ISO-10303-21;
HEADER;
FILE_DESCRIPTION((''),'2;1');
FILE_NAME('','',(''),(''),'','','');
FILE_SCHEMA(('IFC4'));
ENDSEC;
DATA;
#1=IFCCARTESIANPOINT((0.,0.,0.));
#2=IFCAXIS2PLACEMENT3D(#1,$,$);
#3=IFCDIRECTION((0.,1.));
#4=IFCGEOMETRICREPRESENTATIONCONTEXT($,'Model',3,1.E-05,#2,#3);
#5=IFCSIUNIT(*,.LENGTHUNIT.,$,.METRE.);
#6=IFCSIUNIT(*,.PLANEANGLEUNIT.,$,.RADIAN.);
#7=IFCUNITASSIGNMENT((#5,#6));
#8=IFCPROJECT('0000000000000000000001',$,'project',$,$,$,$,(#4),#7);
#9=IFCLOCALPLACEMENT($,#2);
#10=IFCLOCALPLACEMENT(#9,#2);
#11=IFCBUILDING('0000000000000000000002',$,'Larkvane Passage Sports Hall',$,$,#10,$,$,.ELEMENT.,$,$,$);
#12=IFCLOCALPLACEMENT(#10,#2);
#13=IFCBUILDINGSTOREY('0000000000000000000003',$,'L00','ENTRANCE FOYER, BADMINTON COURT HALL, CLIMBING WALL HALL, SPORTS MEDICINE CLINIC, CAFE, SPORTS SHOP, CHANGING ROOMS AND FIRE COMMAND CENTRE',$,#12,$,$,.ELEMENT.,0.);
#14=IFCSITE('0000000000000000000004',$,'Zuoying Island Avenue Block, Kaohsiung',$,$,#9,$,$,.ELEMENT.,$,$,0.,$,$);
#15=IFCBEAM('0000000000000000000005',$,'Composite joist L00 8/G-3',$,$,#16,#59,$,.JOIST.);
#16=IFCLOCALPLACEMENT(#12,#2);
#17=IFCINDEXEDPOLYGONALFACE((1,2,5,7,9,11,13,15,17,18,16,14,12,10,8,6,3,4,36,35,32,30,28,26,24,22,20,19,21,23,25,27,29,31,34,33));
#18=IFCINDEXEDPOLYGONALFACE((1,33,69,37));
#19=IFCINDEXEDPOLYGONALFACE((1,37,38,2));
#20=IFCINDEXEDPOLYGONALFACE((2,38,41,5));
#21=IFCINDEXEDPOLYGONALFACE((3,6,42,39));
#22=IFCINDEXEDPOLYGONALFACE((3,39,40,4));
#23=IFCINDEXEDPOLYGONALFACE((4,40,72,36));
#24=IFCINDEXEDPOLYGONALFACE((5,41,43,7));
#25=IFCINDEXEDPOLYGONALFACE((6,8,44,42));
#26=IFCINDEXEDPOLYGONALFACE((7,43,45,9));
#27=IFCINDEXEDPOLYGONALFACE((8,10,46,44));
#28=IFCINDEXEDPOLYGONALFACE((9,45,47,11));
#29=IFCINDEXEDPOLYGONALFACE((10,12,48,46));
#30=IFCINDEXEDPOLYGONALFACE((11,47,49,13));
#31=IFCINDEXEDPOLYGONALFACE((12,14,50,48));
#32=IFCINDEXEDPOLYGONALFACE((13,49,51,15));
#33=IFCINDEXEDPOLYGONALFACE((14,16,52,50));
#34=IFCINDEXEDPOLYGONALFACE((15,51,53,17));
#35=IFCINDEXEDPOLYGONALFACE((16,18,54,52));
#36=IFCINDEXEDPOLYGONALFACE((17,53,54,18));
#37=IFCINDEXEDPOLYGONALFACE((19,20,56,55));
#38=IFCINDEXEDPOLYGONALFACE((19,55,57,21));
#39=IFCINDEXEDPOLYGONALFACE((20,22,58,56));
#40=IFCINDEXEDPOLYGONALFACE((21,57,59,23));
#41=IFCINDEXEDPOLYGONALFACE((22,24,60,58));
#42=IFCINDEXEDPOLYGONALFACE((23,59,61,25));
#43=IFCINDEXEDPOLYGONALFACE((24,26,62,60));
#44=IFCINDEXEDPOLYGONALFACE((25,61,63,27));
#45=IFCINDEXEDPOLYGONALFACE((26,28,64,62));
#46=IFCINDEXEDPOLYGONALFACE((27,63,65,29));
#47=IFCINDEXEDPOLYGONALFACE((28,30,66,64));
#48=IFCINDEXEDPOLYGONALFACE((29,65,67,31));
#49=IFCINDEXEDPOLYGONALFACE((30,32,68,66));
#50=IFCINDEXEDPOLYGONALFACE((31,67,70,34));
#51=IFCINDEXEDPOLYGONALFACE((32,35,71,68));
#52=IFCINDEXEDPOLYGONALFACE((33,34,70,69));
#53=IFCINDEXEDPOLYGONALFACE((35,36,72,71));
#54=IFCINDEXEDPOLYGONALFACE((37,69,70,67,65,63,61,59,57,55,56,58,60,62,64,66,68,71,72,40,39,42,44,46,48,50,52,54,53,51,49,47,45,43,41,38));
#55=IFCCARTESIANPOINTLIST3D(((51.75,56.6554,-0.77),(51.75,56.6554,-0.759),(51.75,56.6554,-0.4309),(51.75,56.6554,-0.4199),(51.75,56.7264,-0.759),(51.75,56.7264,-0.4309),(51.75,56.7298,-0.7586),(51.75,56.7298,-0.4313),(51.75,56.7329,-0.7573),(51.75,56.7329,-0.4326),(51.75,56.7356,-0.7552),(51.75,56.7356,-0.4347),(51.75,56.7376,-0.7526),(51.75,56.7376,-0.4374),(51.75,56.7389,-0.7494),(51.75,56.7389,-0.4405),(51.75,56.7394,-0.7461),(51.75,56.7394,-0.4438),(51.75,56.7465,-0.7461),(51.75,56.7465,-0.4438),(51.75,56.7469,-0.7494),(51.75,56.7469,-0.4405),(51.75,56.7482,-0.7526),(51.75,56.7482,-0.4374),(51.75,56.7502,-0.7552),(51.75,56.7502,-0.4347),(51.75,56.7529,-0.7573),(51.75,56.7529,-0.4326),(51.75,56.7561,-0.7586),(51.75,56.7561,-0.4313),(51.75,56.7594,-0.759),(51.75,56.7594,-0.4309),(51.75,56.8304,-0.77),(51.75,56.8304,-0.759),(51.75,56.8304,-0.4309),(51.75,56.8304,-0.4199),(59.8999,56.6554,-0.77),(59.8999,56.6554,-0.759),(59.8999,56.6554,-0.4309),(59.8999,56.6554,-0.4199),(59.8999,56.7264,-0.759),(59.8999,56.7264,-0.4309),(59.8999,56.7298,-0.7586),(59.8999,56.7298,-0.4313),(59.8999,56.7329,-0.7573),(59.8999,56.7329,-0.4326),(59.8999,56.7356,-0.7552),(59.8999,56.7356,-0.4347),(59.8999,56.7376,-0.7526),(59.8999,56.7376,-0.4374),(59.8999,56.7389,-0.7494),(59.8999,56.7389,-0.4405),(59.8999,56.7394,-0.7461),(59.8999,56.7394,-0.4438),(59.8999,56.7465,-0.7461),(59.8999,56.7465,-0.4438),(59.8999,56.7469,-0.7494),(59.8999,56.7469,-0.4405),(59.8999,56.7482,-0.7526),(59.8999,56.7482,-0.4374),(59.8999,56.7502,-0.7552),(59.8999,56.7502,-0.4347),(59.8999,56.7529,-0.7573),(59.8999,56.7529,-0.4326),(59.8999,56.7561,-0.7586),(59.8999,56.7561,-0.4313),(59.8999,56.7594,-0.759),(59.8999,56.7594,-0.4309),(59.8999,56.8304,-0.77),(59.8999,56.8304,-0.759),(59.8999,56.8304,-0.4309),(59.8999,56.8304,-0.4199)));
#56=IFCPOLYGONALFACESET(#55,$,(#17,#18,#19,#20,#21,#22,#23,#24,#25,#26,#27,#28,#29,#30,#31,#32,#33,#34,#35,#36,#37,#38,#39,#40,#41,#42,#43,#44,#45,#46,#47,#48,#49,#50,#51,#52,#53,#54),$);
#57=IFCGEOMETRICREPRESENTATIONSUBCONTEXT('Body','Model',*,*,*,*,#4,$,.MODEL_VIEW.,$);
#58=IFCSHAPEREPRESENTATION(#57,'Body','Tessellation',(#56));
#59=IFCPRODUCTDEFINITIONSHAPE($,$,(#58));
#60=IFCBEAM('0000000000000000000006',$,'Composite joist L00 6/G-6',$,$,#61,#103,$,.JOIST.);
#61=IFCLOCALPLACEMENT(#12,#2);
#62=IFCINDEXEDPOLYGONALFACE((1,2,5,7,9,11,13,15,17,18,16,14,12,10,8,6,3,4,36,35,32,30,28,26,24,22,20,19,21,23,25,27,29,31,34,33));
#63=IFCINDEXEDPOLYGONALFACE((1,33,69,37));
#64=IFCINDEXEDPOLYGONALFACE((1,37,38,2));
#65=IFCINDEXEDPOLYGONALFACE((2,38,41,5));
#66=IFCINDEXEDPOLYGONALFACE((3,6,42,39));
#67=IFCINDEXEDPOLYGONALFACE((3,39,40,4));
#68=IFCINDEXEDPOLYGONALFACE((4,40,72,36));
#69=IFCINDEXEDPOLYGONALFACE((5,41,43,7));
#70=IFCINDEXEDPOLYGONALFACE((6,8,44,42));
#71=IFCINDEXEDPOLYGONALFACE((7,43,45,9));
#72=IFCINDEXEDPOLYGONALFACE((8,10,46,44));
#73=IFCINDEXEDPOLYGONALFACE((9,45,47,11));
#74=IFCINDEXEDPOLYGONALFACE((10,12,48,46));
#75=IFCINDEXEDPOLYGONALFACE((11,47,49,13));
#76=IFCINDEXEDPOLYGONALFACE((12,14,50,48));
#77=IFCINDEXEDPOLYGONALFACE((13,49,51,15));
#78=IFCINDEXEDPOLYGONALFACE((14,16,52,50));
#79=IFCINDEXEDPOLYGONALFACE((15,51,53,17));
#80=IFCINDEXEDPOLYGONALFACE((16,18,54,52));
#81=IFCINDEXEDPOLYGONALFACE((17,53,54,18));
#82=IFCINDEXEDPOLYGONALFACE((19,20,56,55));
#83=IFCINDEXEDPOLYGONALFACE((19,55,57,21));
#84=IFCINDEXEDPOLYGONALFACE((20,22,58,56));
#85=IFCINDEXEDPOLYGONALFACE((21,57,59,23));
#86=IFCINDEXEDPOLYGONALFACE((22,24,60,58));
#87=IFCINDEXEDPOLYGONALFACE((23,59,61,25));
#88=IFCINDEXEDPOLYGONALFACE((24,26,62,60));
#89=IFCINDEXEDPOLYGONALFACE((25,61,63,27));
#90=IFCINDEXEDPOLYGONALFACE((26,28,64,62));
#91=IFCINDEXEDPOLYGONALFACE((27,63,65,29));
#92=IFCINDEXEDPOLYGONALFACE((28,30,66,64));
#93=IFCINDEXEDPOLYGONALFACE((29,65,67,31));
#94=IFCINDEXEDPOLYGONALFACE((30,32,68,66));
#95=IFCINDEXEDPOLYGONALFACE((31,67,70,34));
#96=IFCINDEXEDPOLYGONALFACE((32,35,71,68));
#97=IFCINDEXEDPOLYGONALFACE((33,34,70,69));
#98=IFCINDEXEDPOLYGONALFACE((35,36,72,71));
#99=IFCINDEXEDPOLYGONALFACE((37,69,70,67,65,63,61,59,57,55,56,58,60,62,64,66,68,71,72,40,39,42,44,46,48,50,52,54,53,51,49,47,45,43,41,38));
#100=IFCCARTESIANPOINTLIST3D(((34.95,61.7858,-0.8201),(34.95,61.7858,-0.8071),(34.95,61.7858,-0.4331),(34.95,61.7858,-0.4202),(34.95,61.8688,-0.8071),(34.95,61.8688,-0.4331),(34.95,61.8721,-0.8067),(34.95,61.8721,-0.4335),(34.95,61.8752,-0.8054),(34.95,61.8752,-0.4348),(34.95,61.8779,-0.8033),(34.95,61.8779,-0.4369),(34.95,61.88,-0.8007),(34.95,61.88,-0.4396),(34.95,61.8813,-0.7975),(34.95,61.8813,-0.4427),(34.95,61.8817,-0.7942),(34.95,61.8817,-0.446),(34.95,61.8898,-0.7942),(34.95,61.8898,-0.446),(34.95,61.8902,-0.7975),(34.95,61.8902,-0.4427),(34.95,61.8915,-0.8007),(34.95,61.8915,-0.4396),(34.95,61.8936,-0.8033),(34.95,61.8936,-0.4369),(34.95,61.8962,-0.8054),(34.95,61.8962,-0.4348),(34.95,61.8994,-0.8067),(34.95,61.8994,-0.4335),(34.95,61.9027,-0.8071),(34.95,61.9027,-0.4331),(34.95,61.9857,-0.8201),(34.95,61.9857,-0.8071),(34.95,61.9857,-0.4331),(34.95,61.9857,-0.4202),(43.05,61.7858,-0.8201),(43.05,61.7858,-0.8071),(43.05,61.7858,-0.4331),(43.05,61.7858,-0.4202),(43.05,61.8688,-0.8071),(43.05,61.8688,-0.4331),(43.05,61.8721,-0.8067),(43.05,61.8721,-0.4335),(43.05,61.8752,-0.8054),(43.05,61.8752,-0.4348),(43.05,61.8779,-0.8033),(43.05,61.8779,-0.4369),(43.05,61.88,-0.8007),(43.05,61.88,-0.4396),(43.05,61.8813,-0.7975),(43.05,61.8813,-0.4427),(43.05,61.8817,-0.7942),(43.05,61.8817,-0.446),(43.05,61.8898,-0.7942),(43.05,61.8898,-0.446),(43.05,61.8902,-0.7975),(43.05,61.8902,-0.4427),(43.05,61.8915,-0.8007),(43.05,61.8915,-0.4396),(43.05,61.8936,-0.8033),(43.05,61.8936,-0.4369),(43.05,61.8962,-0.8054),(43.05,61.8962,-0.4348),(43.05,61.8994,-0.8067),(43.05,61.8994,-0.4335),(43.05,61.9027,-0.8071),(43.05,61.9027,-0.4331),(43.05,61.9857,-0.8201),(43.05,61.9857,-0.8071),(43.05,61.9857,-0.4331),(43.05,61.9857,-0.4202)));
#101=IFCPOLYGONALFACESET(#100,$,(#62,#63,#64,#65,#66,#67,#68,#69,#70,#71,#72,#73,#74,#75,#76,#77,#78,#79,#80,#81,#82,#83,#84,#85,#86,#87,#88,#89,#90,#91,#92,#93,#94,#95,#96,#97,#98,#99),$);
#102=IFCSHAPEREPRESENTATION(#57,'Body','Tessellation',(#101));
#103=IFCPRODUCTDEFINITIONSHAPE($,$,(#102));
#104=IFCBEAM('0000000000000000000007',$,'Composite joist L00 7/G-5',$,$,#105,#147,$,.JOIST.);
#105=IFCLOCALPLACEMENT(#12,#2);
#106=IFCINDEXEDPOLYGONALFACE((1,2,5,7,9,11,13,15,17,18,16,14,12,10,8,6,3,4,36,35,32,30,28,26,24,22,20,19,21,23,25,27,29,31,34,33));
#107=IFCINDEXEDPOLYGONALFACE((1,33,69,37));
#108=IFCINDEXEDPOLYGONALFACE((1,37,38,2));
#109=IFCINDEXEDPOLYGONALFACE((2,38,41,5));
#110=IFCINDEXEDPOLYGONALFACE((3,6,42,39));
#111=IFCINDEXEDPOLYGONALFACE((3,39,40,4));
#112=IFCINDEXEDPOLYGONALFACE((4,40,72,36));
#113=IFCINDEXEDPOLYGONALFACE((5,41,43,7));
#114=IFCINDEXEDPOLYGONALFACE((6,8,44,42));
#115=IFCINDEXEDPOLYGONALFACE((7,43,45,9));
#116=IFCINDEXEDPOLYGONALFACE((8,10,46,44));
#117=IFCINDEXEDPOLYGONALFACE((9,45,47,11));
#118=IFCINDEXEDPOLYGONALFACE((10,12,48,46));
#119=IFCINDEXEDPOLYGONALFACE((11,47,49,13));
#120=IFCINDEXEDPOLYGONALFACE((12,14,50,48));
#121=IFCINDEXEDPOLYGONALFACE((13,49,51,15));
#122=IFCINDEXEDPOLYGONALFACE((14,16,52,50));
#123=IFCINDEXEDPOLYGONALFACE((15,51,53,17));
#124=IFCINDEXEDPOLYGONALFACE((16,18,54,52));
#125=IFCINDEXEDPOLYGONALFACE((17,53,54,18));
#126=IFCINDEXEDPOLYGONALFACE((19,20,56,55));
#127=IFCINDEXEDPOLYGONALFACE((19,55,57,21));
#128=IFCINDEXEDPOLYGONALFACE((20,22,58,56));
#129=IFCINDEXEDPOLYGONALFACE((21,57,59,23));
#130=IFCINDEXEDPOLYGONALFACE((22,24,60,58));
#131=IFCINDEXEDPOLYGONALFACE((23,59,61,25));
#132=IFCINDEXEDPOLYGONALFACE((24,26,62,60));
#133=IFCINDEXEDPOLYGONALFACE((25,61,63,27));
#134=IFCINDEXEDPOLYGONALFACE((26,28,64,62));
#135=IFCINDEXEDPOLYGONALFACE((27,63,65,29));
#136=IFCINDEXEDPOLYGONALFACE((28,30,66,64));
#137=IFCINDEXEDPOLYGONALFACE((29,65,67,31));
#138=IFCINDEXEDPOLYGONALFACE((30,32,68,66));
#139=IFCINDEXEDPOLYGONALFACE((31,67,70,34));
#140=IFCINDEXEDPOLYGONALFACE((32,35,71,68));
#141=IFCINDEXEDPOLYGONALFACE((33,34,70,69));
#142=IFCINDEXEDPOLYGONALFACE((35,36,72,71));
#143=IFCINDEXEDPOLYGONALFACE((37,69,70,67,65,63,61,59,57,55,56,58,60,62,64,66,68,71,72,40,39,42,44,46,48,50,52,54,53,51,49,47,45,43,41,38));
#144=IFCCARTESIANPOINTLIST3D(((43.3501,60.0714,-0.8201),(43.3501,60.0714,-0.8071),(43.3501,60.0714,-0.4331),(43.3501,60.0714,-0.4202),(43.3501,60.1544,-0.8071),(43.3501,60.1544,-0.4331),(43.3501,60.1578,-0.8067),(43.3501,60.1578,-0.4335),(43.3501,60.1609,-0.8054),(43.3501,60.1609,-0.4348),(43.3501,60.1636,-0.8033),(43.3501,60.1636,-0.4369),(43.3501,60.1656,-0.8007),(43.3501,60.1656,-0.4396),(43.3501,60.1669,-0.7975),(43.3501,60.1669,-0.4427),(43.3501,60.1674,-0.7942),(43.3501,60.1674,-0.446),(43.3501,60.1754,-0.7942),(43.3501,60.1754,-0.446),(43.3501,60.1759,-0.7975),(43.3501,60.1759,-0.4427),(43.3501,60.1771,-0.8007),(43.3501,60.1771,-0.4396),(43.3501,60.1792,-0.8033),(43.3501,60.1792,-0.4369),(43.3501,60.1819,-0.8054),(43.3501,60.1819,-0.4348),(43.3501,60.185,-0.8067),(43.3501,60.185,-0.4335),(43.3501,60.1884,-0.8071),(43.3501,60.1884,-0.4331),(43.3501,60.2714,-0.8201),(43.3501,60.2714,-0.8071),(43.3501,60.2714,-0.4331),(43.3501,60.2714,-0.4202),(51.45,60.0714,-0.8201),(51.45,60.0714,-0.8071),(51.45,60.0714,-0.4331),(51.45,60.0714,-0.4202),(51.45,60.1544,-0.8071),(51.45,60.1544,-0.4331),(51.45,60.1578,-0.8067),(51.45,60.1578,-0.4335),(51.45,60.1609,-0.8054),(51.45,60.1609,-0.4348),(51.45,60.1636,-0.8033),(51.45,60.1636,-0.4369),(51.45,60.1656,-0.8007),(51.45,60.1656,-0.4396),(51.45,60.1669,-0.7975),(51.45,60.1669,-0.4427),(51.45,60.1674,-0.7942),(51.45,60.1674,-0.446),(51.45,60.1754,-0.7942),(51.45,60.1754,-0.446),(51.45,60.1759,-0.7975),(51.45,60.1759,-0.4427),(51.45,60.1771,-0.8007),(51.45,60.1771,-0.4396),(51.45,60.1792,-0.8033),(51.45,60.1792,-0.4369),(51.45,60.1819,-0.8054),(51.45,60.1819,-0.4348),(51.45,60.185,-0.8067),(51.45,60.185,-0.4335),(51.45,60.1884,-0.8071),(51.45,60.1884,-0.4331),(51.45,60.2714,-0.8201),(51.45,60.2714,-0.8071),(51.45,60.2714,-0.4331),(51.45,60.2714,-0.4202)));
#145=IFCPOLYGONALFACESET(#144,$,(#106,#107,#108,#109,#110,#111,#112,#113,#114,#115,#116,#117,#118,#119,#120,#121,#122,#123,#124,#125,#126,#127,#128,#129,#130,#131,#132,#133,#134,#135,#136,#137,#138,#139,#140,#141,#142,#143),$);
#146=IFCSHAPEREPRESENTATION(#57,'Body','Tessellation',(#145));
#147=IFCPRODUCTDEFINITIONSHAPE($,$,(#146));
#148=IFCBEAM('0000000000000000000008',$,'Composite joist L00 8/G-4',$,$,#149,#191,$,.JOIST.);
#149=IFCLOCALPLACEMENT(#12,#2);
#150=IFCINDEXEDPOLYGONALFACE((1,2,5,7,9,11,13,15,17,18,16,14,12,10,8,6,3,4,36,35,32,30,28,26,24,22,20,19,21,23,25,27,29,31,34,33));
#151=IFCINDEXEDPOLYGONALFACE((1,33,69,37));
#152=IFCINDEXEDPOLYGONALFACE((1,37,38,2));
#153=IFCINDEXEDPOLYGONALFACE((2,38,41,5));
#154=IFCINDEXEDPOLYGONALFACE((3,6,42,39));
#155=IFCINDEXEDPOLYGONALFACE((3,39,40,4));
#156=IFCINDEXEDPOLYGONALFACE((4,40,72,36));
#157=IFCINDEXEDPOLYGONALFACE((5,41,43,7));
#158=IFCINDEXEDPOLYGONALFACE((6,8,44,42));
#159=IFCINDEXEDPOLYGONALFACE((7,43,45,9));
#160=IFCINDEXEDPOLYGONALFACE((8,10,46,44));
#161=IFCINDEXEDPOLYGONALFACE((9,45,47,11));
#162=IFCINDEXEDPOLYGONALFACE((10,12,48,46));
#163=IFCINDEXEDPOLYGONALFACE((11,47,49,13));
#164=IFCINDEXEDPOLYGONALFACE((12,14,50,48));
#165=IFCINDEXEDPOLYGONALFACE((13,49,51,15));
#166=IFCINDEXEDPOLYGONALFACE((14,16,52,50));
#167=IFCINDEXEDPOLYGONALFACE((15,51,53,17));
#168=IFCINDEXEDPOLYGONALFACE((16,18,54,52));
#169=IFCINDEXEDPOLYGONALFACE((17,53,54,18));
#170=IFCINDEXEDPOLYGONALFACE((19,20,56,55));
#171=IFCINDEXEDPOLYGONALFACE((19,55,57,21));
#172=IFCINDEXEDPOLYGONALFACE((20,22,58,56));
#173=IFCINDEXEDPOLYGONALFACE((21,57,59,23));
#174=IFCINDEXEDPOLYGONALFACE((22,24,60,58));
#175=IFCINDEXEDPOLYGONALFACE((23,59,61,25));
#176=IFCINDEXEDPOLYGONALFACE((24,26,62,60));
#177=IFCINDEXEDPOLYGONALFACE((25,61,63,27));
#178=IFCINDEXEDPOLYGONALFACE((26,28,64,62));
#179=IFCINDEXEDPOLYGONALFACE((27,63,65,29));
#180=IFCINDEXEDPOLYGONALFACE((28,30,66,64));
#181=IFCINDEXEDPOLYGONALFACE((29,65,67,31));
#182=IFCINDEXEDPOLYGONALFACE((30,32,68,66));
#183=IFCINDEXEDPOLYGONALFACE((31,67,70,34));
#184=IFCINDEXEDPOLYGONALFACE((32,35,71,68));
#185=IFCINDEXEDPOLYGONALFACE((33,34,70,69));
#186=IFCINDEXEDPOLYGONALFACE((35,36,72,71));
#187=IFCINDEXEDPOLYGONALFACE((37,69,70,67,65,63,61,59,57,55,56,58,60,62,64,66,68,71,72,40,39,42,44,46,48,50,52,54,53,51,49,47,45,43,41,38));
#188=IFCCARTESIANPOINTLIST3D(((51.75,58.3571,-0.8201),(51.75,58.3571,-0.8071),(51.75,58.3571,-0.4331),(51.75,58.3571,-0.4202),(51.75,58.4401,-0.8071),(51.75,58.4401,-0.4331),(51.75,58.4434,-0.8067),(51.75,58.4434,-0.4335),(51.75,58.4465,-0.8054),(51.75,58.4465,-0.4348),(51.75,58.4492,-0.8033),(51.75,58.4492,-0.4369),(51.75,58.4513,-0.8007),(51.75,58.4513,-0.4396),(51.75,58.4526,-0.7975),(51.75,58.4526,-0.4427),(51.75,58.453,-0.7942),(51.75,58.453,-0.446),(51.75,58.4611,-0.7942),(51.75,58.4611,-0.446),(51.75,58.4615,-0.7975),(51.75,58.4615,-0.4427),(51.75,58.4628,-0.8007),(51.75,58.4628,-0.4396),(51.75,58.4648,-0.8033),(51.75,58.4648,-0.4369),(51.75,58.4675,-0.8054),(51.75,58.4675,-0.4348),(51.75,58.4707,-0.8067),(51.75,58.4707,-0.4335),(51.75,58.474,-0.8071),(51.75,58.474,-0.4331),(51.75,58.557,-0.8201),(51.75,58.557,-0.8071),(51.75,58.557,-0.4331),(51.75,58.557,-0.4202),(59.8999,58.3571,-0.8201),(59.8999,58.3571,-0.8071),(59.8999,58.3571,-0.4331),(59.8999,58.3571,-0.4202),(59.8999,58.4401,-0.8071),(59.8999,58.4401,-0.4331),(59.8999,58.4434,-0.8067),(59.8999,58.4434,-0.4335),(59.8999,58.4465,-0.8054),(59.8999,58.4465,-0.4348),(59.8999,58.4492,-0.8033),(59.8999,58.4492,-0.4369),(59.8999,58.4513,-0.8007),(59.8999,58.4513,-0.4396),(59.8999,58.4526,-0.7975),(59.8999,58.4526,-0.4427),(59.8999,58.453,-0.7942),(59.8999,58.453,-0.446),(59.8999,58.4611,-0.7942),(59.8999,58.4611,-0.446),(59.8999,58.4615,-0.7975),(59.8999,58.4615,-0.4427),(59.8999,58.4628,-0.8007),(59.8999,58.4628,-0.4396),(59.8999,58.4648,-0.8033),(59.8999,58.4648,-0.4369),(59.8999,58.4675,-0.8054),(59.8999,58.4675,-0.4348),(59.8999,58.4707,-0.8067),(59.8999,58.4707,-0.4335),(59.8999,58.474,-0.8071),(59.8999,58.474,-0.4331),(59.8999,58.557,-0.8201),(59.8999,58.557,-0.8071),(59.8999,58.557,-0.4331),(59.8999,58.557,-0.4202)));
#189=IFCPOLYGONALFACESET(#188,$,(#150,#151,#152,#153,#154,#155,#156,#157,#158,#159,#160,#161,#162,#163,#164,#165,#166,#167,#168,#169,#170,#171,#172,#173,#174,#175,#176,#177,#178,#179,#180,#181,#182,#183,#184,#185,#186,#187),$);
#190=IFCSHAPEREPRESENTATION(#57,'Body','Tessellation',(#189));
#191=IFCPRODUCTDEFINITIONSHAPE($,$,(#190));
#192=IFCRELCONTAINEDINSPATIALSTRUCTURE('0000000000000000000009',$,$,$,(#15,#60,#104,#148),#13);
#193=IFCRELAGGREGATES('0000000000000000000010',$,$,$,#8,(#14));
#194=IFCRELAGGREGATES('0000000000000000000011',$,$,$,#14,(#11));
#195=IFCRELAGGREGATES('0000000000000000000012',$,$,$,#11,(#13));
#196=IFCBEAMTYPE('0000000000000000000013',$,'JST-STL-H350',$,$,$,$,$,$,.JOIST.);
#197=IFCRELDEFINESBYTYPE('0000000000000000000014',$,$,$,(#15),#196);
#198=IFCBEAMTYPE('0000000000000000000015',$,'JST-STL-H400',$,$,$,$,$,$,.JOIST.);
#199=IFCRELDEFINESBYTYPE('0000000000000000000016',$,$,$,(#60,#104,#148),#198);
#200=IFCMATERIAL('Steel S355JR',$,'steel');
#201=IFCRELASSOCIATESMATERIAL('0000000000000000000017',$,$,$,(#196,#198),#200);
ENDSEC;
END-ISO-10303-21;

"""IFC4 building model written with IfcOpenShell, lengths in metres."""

from ifc_helpers import new_model, si_unit, direction, frame, origin, origin_2d, place, context, subcontext, project, spatial, i_section, extrude, material, material_profile, profile_set, type_object, element, save


model = new_model("IFC4")

# Units and contexts
model_context = context("Model", 3, precision=1e-05, world=origin(), true_north=direction((0.0, 1.0)))
body_context = subcontext(model_context, "Body", "Model", "MODEL_VIEW")
ifc_project = project(units=[si_unit("LENGTHUNIT", "METRE"), si_unit("PLANEANGLEUNIT", "RADIAN")], contexts=[model_context])

# Site, building, storey
site_placement = place(None, origin())
site = spatial("IfcSite", under=ifc_project, at=site_placement, Name="Zuoying Island Avenue Block, Kaohsiung", CompositionType="ELEMENT", RefElevation=0.0)
building_placement = place(site_placement, origin())
building = spatial("IfcBuilding", under=site, at=building_placement, Name="Larkvane Passage Sports Hall", CompositionType="ELEMENT")
storey_placement = place(building_placement, origin())
storey = spatial("IfcBuildingStorey", under=building, at=storey_placement, Name="L00", Description="ENTRANCE FOYER, BADMINTON COURT HALL, CLIMBING WALL HALL, SPORTS MEDICINE CLINIC, CAFE, SPORTS SHOP, CHANGING ROOMS AND FIRE COMMAND CENTRE", CompositionType="ELEMENT", Elevation=0.0)

# Shared definitions
ifc_material_1 = material(Name="Steel S355JR", Category="steel")

# Beams
ifc_material_profile_1 = material_profile(ifc_material_1, i_section(OverallWidth=0.175, OverallDepth=0.3501, WebThickness=0.0071, FlangeThickness=0.011, FilletRadius=0.0129, at=origin_2d()), Name="H-350x175x7x11")
ifc_profile_set_1 = profile_set([ifc_material_profile_1], Name="Steel S355JR")
beam_type_1 = type_object("IfcBeamType", Name="JST-STL-H350", PredefinedType="JOIST", material=ifc_profile_set_1)
beam_1_placement = place(storey_placement, frame((51.75, 56.7429, -0.595), z_axis=(1.0, 0.0, 0.0), x_axis=(0.0, 1.0, 0.0)))
element("IfcBeam", 1, at=beam_1_placement, inside=storey, type_object=beam_type_1, Name="Composite joist L00 8/G-3", PredefinedType="JOIST", context=body_context, shape_type="SweptSolid", body=[
    extrude(i_section(OverallWidth=0.175, OverallDepth=0.3501, WebThickness=0.0071, FlangeThickness=0.011, FilletRadius=0.0129, at=origin_2d()), origin(), (0.0, 0.0, 1.0), 8.1499),
])
ifc_material_profile_2 = material_profile(ifc_material_1, i_section(OverallWidth=0.2, OverallDepth=0.3999, WebThickness=0.0081, FlangeThickness=0.0129, FilletRadius=0.0129, at=origin_2d()), Name="H-400x200x8x13")
ifc_profile_set_2 = profile_set([ifc_material_profile_2], Name="Steel S355JR")
beam_type_2 = type_object("IfcBeamType", Name="JST-STL-H400", PredefinedType="JOIST", material=ifc_profile_set_2)
beam_2_placement = place(storey_placement, frame((34.95, 61.8857, -0.6201), z_axis=(1.0, 0.0, 0.0), x_axis=(0.0, 1.0, 0.0)))
element("IfcBeam", 2, at=beam_2_placement, inside=storey, type_object=beam_type_2, Name="Composite joist L00 6/G-6", PredefinedType="JOIST", context=body_context, shape_type="SweptSolid", body=[
    extrude(i_section(OverallWidth=0.2, OverallDepth=0.3999, WebThickness=0.0081, FlangeThickness=0.0129, FilletRadius=0.0129, at=origin_2d()), origin(), (0.0, 0.0, 1.0), 8.1001),
])
beam_3_placement = place(storey_placement, frame((43.3501, 60.1714, -0.6201), z_axis=(1.0, 0.0, 0.0), x_axis=(0.0, 1.0, 0.0)))
element("IfcBeam", 3, at=beam_3_placement, inside=storey, type_object=beam_type_2, Name="Composite joist L00 7/G-5", PredefinedType="JOIST", context=body_context, shape_type="SweptSolid", body=[
    extrude(i_section(OverallWidth=0.2, OverallDepth=0.3999, WebThickness=0.0081, FlangeThickness=0.0129, FilletRadius=0.0129, at=origin_2d()), origin(), (0.0, 0.0, 1.0), 8.0999),
])
beam_4_placement = place(storey_placement, frame((51.75, 58.457, -0.6201), z_axis=(1.0, 0.0, 0.0), x_axis=(0.0, 1.0, 0.0)))
element("IfcBeam", 4, at=beam_4_placement, inside=storey, type_object=beam_type_2, Name="Composite joist L00 8/G-4", PredefinedType="JOIST", context=body_context, shape_type="SweptSolid", body=[
    extrude(i_section(OverallWidth=0.2, OverallDepth=0.3999, WebThickness=0.0081, FlangeThickness=0.0129, FilletRadius=0.0129, at=origin_2d()), origin(), (0.0, 0.0, 1.0), 8.1499),
])

save(model, "model.ifc")
